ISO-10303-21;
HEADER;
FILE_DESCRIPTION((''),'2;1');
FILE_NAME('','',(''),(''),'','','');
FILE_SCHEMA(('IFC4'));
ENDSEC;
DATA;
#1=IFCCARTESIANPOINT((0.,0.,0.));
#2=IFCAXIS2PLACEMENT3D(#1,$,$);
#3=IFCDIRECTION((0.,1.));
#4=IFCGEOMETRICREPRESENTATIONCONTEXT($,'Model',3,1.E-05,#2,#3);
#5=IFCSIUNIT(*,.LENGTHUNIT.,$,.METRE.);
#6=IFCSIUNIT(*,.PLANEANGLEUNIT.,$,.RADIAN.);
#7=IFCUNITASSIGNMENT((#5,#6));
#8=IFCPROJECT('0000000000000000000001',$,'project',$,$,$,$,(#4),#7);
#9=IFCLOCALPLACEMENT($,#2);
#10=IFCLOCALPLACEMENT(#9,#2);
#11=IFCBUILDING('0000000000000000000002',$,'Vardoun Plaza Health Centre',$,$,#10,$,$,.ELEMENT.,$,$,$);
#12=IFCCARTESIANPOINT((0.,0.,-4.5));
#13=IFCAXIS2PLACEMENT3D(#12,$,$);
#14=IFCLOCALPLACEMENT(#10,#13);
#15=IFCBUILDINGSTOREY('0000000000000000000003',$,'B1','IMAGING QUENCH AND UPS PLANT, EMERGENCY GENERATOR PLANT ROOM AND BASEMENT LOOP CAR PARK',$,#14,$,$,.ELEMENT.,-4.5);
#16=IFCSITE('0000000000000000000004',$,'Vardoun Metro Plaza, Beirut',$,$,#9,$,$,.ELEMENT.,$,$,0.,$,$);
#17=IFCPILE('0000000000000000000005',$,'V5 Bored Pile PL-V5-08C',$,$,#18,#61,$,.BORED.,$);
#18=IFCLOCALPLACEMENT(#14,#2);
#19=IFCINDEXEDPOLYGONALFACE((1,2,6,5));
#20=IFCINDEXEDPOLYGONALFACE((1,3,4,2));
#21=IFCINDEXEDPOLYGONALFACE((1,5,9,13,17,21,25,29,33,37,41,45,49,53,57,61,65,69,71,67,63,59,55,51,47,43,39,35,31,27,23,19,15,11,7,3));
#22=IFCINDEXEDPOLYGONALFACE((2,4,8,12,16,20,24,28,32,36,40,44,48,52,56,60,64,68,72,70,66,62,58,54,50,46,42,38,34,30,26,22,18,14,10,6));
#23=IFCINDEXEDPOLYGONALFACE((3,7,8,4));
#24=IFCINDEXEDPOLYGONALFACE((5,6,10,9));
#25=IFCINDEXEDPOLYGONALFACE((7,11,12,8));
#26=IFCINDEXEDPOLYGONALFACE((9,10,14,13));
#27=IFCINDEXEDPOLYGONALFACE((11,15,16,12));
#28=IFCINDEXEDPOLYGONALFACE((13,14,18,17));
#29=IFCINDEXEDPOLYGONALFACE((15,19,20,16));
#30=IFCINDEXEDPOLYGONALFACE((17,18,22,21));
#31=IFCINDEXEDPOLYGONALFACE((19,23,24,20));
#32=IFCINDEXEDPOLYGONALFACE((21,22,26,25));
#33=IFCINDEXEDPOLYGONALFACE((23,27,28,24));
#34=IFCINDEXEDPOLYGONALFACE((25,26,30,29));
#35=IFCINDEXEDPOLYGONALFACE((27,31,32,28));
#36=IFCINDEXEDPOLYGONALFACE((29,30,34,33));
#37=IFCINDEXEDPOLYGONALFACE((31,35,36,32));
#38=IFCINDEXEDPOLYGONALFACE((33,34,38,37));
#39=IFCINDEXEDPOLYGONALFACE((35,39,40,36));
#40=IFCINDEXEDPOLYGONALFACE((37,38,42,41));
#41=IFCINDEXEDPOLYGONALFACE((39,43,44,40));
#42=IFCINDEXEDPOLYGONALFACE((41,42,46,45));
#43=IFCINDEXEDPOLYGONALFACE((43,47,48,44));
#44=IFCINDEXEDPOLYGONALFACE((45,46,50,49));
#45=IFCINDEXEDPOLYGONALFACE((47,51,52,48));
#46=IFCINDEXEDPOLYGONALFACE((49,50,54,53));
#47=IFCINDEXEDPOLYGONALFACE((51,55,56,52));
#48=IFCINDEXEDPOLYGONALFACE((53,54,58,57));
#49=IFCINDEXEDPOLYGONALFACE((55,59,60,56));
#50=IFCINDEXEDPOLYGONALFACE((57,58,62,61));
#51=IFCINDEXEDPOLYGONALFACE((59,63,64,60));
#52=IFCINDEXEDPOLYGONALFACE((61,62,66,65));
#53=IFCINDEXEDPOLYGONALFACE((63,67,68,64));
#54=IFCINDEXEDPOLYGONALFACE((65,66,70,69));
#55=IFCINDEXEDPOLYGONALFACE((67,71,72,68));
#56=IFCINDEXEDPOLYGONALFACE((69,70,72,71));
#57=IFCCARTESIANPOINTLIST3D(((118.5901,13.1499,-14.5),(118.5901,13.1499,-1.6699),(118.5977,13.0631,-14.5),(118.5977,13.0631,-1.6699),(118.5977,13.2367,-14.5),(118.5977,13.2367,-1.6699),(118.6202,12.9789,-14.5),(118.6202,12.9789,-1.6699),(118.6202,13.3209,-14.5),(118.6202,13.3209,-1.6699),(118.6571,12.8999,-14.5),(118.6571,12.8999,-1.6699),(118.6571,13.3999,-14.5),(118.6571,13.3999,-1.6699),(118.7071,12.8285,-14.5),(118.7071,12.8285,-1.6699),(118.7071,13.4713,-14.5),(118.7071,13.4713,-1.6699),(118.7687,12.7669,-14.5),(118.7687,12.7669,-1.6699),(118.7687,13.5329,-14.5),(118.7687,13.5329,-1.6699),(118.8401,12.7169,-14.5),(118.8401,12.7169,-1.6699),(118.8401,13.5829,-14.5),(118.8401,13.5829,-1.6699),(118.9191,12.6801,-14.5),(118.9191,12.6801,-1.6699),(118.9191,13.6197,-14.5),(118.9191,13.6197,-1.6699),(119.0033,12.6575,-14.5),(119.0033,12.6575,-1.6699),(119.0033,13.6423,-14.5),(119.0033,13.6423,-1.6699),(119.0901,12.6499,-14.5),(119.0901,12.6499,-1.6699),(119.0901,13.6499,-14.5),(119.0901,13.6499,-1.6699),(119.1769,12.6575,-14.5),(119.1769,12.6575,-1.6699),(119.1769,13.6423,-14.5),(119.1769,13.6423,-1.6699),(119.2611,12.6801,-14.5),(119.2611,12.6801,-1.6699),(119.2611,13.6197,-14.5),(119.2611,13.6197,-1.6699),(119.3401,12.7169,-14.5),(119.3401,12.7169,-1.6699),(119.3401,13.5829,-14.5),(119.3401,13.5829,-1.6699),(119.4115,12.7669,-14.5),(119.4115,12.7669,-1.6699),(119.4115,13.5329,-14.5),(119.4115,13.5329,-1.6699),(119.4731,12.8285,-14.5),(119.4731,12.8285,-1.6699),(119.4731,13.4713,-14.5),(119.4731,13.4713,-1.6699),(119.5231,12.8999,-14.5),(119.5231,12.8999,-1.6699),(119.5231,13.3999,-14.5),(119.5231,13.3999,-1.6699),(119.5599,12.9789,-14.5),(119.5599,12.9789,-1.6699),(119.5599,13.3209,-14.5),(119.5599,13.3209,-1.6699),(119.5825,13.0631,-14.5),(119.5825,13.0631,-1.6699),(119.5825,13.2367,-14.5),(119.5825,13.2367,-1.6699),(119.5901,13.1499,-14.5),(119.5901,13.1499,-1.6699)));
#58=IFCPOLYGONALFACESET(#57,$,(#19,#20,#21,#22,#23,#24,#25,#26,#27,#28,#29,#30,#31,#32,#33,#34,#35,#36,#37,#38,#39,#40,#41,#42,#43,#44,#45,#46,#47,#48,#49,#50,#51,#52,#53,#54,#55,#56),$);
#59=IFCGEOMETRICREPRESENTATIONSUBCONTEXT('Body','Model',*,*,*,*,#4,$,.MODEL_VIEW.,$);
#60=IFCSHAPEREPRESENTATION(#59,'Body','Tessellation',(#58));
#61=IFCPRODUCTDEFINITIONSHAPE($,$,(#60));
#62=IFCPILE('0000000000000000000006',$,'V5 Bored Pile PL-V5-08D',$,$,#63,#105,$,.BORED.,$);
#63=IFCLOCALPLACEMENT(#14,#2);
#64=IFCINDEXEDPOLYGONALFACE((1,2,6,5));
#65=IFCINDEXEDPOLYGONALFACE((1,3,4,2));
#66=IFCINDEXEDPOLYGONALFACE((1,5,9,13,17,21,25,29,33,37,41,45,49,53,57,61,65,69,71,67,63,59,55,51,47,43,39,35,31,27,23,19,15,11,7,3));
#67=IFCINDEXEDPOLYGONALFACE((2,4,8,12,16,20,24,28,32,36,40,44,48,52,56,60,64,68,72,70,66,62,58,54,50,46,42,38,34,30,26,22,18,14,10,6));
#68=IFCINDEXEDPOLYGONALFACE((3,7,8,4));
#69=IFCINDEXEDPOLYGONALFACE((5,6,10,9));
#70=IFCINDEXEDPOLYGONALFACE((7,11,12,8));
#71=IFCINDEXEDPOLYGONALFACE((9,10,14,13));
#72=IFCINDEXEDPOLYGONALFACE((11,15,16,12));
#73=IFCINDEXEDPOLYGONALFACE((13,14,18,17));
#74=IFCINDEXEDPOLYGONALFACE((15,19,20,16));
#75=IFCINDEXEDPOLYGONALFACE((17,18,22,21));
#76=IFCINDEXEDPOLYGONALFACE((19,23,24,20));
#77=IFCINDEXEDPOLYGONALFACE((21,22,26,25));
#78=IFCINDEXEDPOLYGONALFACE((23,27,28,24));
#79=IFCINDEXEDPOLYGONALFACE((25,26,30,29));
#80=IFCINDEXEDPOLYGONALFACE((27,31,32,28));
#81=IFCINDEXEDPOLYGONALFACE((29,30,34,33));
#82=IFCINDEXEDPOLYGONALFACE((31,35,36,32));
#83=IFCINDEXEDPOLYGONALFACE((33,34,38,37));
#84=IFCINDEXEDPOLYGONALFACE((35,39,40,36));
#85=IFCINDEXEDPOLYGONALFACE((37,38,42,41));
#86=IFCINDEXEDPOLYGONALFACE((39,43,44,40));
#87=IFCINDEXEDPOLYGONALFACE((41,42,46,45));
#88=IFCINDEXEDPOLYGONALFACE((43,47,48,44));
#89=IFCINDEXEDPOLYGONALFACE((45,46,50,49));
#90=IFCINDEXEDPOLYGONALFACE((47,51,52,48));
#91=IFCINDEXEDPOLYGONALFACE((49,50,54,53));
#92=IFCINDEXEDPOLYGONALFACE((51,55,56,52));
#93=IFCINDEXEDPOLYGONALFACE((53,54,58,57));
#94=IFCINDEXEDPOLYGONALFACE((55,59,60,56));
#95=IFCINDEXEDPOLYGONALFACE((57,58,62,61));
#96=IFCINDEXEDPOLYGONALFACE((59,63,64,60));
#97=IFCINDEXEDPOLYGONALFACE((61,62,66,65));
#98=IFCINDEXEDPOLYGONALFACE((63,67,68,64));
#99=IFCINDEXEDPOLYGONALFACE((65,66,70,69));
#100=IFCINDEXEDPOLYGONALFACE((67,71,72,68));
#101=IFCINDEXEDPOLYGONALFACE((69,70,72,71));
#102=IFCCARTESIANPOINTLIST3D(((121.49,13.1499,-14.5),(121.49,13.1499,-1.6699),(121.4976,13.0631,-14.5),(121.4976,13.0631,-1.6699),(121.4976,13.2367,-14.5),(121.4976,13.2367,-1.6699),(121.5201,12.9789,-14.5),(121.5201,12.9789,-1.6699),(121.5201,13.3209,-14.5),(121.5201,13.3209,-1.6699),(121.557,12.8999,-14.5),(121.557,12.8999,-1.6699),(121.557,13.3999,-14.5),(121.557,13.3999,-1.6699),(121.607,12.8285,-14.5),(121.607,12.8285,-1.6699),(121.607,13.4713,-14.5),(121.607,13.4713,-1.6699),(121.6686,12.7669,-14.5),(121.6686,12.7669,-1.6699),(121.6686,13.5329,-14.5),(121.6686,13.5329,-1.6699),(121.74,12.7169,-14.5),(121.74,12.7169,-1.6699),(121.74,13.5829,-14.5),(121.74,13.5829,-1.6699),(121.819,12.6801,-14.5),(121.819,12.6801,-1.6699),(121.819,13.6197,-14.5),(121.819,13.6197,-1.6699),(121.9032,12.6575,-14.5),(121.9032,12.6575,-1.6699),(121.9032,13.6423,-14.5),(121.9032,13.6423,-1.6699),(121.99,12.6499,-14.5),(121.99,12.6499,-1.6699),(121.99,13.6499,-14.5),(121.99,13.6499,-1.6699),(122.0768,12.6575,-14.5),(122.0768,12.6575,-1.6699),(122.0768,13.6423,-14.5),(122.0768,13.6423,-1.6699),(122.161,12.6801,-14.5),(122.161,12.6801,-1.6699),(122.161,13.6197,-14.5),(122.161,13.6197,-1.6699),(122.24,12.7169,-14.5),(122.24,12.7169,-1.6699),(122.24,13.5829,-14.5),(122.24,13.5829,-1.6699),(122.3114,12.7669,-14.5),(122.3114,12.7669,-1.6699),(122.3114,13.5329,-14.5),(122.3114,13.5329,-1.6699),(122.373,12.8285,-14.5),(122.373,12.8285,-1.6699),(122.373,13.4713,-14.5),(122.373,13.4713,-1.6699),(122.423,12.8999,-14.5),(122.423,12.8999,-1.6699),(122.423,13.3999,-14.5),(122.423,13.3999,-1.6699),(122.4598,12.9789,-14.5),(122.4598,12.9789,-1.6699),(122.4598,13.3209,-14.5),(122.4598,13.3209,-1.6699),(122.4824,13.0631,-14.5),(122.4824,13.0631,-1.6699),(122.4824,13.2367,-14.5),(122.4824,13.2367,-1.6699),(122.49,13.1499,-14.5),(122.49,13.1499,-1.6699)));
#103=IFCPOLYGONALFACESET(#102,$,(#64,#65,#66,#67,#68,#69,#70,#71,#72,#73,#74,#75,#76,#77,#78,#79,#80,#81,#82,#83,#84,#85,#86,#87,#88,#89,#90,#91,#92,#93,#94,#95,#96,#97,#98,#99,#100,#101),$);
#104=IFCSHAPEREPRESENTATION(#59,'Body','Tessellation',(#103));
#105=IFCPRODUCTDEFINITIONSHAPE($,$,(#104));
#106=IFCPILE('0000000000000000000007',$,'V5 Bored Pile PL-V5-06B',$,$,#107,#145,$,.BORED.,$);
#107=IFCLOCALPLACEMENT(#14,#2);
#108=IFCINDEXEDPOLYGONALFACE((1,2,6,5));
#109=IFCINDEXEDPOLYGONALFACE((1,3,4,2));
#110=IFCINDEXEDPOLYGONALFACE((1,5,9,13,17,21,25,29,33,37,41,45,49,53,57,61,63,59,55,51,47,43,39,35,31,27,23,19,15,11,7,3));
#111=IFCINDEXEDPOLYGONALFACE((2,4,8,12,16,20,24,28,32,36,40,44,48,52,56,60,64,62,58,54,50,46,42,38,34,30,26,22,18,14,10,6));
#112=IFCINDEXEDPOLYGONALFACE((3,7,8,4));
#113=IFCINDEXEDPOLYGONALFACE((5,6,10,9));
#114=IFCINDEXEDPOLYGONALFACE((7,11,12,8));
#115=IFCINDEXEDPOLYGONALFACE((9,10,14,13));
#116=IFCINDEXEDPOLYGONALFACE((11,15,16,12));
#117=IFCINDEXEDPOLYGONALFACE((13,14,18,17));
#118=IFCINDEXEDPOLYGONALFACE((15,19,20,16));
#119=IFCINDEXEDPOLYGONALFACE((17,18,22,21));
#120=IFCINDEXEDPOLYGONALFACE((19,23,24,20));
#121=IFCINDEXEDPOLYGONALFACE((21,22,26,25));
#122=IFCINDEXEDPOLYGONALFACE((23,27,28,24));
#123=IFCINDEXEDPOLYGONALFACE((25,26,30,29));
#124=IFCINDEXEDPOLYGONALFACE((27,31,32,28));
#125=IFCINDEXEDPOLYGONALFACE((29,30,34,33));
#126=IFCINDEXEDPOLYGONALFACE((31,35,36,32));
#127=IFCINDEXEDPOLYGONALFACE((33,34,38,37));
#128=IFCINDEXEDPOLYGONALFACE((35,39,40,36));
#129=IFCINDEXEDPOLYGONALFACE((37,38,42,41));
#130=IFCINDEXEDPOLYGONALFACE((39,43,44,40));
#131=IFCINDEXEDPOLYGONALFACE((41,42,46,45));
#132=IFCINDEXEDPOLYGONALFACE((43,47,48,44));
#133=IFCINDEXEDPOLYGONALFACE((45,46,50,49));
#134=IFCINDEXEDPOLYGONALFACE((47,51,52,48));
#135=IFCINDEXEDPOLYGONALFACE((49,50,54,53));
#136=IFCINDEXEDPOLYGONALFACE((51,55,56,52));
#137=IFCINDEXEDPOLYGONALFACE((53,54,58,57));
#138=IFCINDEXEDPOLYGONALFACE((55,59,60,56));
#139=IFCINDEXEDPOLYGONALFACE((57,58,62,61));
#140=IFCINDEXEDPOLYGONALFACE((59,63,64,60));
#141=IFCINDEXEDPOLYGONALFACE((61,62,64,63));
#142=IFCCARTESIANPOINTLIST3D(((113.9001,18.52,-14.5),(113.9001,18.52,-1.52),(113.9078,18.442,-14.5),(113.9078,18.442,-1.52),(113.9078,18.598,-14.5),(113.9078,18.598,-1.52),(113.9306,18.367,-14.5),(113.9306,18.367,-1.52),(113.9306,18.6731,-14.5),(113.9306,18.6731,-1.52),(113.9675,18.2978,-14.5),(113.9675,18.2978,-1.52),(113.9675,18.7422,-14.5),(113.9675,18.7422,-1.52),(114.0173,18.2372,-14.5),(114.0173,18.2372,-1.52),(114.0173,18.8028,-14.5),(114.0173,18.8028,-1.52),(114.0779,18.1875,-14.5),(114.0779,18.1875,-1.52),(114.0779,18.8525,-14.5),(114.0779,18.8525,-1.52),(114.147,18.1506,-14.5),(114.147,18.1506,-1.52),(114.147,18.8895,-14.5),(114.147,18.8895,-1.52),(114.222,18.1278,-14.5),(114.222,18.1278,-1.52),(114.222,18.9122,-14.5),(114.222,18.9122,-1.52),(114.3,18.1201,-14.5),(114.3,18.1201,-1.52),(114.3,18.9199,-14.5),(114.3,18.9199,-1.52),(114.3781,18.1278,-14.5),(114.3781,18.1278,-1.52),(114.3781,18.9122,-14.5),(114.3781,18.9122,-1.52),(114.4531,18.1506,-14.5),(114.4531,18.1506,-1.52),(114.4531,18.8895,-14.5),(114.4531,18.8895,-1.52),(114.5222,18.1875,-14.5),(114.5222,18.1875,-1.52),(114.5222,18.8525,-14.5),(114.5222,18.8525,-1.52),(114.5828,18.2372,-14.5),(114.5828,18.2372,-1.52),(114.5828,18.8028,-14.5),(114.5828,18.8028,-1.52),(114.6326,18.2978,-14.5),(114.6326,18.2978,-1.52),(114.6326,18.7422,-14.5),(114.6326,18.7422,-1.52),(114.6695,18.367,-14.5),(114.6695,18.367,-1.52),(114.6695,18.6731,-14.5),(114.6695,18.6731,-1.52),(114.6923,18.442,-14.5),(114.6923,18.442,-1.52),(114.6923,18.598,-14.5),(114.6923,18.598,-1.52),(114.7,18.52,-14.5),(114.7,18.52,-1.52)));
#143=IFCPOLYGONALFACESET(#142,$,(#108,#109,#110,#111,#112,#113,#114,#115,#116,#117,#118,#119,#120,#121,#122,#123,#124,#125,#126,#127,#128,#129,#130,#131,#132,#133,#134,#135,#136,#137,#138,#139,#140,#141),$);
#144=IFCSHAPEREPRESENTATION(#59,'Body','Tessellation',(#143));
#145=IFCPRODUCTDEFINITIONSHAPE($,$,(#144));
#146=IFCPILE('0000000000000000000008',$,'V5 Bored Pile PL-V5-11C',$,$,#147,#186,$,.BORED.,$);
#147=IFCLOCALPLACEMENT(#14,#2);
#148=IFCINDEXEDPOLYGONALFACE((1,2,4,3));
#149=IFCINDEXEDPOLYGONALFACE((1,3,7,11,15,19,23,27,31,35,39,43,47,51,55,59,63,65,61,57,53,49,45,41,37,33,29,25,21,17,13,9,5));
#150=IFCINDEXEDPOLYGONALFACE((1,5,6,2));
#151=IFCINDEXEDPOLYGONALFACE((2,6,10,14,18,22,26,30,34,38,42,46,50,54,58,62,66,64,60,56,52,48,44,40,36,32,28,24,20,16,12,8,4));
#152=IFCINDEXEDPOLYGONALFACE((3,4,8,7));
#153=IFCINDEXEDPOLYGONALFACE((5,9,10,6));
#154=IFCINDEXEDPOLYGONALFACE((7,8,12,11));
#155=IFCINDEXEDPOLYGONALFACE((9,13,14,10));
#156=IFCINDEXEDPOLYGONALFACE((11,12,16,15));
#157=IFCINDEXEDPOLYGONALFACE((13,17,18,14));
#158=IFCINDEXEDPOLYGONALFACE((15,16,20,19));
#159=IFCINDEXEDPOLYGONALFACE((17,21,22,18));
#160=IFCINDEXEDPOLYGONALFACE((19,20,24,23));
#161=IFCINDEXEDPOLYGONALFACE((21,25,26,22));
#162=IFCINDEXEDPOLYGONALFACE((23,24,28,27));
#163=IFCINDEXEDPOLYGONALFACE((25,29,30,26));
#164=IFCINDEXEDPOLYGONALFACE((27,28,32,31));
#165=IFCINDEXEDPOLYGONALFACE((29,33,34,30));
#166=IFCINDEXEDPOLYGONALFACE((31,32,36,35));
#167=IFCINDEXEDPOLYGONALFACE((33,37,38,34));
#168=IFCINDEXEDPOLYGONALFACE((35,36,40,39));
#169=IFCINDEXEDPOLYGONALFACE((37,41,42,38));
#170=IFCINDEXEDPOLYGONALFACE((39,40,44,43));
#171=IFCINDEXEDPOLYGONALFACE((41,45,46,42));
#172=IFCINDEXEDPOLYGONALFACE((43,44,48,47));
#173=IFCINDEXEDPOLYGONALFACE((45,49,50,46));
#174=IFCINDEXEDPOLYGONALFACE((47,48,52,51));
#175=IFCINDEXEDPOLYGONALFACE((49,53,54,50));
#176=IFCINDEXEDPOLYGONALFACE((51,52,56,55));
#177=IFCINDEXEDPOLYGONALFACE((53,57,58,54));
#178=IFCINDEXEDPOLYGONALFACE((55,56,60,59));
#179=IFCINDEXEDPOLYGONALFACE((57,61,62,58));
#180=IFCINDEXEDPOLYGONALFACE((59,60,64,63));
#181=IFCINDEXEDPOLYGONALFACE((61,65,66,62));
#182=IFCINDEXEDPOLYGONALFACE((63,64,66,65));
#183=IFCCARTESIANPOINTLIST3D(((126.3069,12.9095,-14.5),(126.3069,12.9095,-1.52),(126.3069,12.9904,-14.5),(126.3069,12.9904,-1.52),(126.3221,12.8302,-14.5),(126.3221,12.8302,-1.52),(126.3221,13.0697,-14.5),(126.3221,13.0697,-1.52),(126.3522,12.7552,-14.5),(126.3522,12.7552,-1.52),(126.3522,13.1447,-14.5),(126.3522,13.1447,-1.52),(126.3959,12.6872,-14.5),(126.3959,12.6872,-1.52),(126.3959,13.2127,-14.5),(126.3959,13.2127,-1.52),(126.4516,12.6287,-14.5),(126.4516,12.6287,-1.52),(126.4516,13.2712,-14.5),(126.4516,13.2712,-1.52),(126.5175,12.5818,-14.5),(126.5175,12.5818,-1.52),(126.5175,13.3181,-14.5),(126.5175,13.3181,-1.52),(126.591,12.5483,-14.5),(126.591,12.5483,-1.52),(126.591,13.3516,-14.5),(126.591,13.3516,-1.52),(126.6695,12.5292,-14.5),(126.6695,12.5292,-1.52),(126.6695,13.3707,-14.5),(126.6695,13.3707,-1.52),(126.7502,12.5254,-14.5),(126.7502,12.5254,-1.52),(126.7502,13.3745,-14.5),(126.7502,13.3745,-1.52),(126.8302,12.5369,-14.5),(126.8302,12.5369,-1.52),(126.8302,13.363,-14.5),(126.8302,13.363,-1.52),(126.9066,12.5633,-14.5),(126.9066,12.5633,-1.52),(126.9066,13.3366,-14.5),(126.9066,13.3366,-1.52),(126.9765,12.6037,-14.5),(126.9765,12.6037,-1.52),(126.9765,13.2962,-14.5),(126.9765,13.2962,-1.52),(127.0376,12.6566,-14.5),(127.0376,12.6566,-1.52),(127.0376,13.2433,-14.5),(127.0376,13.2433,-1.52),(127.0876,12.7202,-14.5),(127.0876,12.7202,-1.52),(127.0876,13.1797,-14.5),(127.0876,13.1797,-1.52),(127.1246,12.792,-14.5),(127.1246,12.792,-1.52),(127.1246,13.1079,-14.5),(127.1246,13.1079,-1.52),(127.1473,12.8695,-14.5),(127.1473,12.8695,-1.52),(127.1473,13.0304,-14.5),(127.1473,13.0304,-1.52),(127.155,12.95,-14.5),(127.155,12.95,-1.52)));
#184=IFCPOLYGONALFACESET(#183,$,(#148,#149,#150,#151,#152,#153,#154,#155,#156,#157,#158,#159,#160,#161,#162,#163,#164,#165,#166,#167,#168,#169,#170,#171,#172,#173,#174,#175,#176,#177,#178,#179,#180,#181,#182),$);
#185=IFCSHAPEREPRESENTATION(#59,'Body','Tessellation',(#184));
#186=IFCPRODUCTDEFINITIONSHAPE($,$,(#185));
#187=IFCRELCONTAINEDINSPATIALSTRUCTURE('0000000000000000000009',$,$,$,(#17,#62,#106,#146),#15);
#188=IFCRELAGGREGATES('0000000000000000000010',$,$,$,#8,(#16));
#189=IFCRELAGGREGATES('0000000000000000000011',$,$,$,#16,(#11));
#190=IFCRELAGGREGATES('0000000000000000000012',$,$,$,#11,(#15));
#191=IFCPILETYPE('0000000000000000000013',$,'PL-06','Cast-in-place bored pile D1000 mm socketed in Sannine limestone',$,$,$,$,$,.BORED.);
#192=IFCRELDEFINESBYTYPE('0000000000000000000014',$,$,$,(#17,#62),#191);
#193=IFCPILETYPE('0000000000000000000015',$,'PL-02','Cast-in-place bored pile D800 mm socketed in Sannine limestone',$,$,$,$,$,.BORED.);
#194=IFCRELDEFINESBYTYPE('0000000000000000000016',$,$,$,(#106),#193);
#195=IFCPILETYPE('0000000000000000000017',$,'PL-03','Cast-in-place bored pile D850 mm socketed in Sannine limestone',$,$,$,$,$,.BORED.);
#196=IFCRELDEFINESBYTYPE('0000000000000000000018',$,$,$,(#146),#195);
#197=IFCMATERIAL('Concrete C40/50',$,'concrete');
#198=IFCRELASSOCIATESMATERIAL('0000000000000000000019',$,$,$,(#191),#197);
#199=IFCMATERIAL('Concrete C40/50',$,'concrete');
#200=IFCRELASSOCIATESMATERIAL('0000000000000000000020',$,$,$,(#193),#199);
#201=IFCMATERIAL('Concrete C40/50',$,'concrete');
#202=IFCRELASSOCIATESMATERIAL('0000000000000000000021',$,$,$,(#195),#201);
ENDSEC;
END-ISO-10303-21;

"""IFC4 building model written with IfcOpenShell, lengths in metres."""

from ifc_helpers import new_model, si_unit, direction, frame, origin, origin_2d, place, context, subcontext, project, spatial, circle, extrude, material, material_profile, profile_set, type_object, element, save


model = new_model("IFC4")

# Units and contexts
model_context = context("Model", 3, precision=1e-05, world=origin(), true_north=direction((0.0, 1.0)))
body_context = subcontext(model_context, "Body", "Model", "MODEL_VIEW")
ifc_project = project(units=[si_unit("LENGTHUNIT", "METRE"), si_unit("PLANEANGLEUNIT", "RADIAN")], contexts=[model_context])

# Site, building, storey
site_placement = place(None, origin())
site = spatial("IfcSite", under=ifc_project, at=site_placement, Name="Vardoun Metro Plaza, Beirut", CompositionType="ELEMENT", RefElevation=0.0)
building_placement = place(site_placement, origin())
building = spatial("IfcBuilding", under=site, at=building_placement, Name="Vardoun Plaza Health Centre", CompositionType="ELEMENT")
storey_placement = place(building_placement, frame((0.0, 0.0, -4.5)))
storey = spatial("IfcBuildingStorey", under=building, at=storey_placement, Name="B1", Description="IMAGING QUENCH AND UPS PLANT, EMERGENCY GENERATOR PLANT ROOM AND BASEMENT LOOP CAR PARK", CompositionType="ELEMENT", Elevation=-4.5)

# Piles
ifc_material_1 = material(Name="Concrete C40/50", Category="concrete")
ifc_material_profile_1 = material_profile(ifc_material_1, circle(Radius=0.5, at=origin_2d()), Name="PILE D1000")
ifc_profile_set_1 = profile_set([ifc_material_profile_1], Name="Concrete C40/50")
pile_type_1 = type_object("IfcPileType", Name="PL-06", Description="Cast-in-place bored pile D1000 mm socketed in Sannine limestone", PredefinedType="BORED", material=ifc_profile_set_1)
for number, where, z_axis, x_axis, name in (
    (1, (119.0901, 13.1499, -1.6699), (0.0, 0.0, -1.0), (1.0, 0.0, 0.0), "V5 Bored Pile PL-V5-08C"),
    (2, (121.99, 13.1499, -1.6699), (0.0, 0.0, -1.0), (1.0, 0.0, 0.0), "V5 Bored Pile PL-V5-08D"),
):
    element("IfcPile", number, at=place(storey_placement, frame(where, z_axis=z_axis, x_axis=x_axis)), inside=storey, type_object=pile_type_1, Name=name, PredefinedType="BORED", context=body_context, shape_type="SweptSolid", body=[
        extrude(circle(Radius=0.5, at=origin_2d()), origin(), (0.0, 0.0, 1.0), 12.8301),
    ])
ifc_material_2 = material(Name="Concrete C40/50", Category="concrete")
ifc_material_profile_2 = material_profile(ifc_material_2, circle(Radius=0.3999, at=origin_2d()), Name="PILE D800")
ifc_profile_set_2 = profile_set([ifc_material_profile_2], Name="Concrete C40/50")
pile_type_2 = type_object("IfcPileType", Name="PL-02", Description="Cast-in-place bored pile D800 mm socketed in Sannine limestone", PredefinedType="BORED", material=ifc_profile_set_2)
pile_placement = place(storey_placement, frame((114.3, 18.52, -1.52), z_axis=(0.0, 0.0, -1.0), x_axis=(1.0, 0.0, 0.0)))
element("IfcPile", 3, at=pile_placement, inside=storey, type_object=pile_type_2, Name="V5 Bored Pile PL-V5-06B", PredefinedType="BORED", context=body_context, shape_type="SweptSolid", body=[
    extrude(circle(Radius=0.3999, at=origin_2d()), origin(), (0.0, 0.0, 1.0), 12.98),
])
ifc_material_3 = material(Name="Concrete C40/50", Category="concrete")
ifc_material_profile_3 = material_profile(ifc_material_3, circle(Radius=0.425, at=origin_2d()), Name="PILE D850")
ifc_profile_set_3 = profile_set([ifc_material_profile_3], Name="Concrete C40/50")
pile_type_3 = type_object("IfcPileType", Name="PL-03", Description="Cast-in-place bored pile D850 mm socketed in Sannine limestone", PredefinedType="BORED", material=ifc_profile_set_3)
for number, where, z_axis, x_axis, name in (
    (4, (126.73, 12.95, -1.52), (0.0, 0.0, -1.0), (1.0, 0.0, 0.0), "V5 Bored Pile PL-V5-11C"),
):
    element("IfcPile", number, at=place(storey_placement, frame(where, z_axis=z_axis, x_axis=x_axis)), inside=storey, type_object=pile_type_3, Name=name, PredefinedType="BORED", context=body_context, shape_type="SweptSolid", body=[
        extrude(circle(Radius=0.425, at=origin_2d()), origin(), (0.0, 0.0, 1.0), 12.98),
    ])

save(model, "model.ifc")
